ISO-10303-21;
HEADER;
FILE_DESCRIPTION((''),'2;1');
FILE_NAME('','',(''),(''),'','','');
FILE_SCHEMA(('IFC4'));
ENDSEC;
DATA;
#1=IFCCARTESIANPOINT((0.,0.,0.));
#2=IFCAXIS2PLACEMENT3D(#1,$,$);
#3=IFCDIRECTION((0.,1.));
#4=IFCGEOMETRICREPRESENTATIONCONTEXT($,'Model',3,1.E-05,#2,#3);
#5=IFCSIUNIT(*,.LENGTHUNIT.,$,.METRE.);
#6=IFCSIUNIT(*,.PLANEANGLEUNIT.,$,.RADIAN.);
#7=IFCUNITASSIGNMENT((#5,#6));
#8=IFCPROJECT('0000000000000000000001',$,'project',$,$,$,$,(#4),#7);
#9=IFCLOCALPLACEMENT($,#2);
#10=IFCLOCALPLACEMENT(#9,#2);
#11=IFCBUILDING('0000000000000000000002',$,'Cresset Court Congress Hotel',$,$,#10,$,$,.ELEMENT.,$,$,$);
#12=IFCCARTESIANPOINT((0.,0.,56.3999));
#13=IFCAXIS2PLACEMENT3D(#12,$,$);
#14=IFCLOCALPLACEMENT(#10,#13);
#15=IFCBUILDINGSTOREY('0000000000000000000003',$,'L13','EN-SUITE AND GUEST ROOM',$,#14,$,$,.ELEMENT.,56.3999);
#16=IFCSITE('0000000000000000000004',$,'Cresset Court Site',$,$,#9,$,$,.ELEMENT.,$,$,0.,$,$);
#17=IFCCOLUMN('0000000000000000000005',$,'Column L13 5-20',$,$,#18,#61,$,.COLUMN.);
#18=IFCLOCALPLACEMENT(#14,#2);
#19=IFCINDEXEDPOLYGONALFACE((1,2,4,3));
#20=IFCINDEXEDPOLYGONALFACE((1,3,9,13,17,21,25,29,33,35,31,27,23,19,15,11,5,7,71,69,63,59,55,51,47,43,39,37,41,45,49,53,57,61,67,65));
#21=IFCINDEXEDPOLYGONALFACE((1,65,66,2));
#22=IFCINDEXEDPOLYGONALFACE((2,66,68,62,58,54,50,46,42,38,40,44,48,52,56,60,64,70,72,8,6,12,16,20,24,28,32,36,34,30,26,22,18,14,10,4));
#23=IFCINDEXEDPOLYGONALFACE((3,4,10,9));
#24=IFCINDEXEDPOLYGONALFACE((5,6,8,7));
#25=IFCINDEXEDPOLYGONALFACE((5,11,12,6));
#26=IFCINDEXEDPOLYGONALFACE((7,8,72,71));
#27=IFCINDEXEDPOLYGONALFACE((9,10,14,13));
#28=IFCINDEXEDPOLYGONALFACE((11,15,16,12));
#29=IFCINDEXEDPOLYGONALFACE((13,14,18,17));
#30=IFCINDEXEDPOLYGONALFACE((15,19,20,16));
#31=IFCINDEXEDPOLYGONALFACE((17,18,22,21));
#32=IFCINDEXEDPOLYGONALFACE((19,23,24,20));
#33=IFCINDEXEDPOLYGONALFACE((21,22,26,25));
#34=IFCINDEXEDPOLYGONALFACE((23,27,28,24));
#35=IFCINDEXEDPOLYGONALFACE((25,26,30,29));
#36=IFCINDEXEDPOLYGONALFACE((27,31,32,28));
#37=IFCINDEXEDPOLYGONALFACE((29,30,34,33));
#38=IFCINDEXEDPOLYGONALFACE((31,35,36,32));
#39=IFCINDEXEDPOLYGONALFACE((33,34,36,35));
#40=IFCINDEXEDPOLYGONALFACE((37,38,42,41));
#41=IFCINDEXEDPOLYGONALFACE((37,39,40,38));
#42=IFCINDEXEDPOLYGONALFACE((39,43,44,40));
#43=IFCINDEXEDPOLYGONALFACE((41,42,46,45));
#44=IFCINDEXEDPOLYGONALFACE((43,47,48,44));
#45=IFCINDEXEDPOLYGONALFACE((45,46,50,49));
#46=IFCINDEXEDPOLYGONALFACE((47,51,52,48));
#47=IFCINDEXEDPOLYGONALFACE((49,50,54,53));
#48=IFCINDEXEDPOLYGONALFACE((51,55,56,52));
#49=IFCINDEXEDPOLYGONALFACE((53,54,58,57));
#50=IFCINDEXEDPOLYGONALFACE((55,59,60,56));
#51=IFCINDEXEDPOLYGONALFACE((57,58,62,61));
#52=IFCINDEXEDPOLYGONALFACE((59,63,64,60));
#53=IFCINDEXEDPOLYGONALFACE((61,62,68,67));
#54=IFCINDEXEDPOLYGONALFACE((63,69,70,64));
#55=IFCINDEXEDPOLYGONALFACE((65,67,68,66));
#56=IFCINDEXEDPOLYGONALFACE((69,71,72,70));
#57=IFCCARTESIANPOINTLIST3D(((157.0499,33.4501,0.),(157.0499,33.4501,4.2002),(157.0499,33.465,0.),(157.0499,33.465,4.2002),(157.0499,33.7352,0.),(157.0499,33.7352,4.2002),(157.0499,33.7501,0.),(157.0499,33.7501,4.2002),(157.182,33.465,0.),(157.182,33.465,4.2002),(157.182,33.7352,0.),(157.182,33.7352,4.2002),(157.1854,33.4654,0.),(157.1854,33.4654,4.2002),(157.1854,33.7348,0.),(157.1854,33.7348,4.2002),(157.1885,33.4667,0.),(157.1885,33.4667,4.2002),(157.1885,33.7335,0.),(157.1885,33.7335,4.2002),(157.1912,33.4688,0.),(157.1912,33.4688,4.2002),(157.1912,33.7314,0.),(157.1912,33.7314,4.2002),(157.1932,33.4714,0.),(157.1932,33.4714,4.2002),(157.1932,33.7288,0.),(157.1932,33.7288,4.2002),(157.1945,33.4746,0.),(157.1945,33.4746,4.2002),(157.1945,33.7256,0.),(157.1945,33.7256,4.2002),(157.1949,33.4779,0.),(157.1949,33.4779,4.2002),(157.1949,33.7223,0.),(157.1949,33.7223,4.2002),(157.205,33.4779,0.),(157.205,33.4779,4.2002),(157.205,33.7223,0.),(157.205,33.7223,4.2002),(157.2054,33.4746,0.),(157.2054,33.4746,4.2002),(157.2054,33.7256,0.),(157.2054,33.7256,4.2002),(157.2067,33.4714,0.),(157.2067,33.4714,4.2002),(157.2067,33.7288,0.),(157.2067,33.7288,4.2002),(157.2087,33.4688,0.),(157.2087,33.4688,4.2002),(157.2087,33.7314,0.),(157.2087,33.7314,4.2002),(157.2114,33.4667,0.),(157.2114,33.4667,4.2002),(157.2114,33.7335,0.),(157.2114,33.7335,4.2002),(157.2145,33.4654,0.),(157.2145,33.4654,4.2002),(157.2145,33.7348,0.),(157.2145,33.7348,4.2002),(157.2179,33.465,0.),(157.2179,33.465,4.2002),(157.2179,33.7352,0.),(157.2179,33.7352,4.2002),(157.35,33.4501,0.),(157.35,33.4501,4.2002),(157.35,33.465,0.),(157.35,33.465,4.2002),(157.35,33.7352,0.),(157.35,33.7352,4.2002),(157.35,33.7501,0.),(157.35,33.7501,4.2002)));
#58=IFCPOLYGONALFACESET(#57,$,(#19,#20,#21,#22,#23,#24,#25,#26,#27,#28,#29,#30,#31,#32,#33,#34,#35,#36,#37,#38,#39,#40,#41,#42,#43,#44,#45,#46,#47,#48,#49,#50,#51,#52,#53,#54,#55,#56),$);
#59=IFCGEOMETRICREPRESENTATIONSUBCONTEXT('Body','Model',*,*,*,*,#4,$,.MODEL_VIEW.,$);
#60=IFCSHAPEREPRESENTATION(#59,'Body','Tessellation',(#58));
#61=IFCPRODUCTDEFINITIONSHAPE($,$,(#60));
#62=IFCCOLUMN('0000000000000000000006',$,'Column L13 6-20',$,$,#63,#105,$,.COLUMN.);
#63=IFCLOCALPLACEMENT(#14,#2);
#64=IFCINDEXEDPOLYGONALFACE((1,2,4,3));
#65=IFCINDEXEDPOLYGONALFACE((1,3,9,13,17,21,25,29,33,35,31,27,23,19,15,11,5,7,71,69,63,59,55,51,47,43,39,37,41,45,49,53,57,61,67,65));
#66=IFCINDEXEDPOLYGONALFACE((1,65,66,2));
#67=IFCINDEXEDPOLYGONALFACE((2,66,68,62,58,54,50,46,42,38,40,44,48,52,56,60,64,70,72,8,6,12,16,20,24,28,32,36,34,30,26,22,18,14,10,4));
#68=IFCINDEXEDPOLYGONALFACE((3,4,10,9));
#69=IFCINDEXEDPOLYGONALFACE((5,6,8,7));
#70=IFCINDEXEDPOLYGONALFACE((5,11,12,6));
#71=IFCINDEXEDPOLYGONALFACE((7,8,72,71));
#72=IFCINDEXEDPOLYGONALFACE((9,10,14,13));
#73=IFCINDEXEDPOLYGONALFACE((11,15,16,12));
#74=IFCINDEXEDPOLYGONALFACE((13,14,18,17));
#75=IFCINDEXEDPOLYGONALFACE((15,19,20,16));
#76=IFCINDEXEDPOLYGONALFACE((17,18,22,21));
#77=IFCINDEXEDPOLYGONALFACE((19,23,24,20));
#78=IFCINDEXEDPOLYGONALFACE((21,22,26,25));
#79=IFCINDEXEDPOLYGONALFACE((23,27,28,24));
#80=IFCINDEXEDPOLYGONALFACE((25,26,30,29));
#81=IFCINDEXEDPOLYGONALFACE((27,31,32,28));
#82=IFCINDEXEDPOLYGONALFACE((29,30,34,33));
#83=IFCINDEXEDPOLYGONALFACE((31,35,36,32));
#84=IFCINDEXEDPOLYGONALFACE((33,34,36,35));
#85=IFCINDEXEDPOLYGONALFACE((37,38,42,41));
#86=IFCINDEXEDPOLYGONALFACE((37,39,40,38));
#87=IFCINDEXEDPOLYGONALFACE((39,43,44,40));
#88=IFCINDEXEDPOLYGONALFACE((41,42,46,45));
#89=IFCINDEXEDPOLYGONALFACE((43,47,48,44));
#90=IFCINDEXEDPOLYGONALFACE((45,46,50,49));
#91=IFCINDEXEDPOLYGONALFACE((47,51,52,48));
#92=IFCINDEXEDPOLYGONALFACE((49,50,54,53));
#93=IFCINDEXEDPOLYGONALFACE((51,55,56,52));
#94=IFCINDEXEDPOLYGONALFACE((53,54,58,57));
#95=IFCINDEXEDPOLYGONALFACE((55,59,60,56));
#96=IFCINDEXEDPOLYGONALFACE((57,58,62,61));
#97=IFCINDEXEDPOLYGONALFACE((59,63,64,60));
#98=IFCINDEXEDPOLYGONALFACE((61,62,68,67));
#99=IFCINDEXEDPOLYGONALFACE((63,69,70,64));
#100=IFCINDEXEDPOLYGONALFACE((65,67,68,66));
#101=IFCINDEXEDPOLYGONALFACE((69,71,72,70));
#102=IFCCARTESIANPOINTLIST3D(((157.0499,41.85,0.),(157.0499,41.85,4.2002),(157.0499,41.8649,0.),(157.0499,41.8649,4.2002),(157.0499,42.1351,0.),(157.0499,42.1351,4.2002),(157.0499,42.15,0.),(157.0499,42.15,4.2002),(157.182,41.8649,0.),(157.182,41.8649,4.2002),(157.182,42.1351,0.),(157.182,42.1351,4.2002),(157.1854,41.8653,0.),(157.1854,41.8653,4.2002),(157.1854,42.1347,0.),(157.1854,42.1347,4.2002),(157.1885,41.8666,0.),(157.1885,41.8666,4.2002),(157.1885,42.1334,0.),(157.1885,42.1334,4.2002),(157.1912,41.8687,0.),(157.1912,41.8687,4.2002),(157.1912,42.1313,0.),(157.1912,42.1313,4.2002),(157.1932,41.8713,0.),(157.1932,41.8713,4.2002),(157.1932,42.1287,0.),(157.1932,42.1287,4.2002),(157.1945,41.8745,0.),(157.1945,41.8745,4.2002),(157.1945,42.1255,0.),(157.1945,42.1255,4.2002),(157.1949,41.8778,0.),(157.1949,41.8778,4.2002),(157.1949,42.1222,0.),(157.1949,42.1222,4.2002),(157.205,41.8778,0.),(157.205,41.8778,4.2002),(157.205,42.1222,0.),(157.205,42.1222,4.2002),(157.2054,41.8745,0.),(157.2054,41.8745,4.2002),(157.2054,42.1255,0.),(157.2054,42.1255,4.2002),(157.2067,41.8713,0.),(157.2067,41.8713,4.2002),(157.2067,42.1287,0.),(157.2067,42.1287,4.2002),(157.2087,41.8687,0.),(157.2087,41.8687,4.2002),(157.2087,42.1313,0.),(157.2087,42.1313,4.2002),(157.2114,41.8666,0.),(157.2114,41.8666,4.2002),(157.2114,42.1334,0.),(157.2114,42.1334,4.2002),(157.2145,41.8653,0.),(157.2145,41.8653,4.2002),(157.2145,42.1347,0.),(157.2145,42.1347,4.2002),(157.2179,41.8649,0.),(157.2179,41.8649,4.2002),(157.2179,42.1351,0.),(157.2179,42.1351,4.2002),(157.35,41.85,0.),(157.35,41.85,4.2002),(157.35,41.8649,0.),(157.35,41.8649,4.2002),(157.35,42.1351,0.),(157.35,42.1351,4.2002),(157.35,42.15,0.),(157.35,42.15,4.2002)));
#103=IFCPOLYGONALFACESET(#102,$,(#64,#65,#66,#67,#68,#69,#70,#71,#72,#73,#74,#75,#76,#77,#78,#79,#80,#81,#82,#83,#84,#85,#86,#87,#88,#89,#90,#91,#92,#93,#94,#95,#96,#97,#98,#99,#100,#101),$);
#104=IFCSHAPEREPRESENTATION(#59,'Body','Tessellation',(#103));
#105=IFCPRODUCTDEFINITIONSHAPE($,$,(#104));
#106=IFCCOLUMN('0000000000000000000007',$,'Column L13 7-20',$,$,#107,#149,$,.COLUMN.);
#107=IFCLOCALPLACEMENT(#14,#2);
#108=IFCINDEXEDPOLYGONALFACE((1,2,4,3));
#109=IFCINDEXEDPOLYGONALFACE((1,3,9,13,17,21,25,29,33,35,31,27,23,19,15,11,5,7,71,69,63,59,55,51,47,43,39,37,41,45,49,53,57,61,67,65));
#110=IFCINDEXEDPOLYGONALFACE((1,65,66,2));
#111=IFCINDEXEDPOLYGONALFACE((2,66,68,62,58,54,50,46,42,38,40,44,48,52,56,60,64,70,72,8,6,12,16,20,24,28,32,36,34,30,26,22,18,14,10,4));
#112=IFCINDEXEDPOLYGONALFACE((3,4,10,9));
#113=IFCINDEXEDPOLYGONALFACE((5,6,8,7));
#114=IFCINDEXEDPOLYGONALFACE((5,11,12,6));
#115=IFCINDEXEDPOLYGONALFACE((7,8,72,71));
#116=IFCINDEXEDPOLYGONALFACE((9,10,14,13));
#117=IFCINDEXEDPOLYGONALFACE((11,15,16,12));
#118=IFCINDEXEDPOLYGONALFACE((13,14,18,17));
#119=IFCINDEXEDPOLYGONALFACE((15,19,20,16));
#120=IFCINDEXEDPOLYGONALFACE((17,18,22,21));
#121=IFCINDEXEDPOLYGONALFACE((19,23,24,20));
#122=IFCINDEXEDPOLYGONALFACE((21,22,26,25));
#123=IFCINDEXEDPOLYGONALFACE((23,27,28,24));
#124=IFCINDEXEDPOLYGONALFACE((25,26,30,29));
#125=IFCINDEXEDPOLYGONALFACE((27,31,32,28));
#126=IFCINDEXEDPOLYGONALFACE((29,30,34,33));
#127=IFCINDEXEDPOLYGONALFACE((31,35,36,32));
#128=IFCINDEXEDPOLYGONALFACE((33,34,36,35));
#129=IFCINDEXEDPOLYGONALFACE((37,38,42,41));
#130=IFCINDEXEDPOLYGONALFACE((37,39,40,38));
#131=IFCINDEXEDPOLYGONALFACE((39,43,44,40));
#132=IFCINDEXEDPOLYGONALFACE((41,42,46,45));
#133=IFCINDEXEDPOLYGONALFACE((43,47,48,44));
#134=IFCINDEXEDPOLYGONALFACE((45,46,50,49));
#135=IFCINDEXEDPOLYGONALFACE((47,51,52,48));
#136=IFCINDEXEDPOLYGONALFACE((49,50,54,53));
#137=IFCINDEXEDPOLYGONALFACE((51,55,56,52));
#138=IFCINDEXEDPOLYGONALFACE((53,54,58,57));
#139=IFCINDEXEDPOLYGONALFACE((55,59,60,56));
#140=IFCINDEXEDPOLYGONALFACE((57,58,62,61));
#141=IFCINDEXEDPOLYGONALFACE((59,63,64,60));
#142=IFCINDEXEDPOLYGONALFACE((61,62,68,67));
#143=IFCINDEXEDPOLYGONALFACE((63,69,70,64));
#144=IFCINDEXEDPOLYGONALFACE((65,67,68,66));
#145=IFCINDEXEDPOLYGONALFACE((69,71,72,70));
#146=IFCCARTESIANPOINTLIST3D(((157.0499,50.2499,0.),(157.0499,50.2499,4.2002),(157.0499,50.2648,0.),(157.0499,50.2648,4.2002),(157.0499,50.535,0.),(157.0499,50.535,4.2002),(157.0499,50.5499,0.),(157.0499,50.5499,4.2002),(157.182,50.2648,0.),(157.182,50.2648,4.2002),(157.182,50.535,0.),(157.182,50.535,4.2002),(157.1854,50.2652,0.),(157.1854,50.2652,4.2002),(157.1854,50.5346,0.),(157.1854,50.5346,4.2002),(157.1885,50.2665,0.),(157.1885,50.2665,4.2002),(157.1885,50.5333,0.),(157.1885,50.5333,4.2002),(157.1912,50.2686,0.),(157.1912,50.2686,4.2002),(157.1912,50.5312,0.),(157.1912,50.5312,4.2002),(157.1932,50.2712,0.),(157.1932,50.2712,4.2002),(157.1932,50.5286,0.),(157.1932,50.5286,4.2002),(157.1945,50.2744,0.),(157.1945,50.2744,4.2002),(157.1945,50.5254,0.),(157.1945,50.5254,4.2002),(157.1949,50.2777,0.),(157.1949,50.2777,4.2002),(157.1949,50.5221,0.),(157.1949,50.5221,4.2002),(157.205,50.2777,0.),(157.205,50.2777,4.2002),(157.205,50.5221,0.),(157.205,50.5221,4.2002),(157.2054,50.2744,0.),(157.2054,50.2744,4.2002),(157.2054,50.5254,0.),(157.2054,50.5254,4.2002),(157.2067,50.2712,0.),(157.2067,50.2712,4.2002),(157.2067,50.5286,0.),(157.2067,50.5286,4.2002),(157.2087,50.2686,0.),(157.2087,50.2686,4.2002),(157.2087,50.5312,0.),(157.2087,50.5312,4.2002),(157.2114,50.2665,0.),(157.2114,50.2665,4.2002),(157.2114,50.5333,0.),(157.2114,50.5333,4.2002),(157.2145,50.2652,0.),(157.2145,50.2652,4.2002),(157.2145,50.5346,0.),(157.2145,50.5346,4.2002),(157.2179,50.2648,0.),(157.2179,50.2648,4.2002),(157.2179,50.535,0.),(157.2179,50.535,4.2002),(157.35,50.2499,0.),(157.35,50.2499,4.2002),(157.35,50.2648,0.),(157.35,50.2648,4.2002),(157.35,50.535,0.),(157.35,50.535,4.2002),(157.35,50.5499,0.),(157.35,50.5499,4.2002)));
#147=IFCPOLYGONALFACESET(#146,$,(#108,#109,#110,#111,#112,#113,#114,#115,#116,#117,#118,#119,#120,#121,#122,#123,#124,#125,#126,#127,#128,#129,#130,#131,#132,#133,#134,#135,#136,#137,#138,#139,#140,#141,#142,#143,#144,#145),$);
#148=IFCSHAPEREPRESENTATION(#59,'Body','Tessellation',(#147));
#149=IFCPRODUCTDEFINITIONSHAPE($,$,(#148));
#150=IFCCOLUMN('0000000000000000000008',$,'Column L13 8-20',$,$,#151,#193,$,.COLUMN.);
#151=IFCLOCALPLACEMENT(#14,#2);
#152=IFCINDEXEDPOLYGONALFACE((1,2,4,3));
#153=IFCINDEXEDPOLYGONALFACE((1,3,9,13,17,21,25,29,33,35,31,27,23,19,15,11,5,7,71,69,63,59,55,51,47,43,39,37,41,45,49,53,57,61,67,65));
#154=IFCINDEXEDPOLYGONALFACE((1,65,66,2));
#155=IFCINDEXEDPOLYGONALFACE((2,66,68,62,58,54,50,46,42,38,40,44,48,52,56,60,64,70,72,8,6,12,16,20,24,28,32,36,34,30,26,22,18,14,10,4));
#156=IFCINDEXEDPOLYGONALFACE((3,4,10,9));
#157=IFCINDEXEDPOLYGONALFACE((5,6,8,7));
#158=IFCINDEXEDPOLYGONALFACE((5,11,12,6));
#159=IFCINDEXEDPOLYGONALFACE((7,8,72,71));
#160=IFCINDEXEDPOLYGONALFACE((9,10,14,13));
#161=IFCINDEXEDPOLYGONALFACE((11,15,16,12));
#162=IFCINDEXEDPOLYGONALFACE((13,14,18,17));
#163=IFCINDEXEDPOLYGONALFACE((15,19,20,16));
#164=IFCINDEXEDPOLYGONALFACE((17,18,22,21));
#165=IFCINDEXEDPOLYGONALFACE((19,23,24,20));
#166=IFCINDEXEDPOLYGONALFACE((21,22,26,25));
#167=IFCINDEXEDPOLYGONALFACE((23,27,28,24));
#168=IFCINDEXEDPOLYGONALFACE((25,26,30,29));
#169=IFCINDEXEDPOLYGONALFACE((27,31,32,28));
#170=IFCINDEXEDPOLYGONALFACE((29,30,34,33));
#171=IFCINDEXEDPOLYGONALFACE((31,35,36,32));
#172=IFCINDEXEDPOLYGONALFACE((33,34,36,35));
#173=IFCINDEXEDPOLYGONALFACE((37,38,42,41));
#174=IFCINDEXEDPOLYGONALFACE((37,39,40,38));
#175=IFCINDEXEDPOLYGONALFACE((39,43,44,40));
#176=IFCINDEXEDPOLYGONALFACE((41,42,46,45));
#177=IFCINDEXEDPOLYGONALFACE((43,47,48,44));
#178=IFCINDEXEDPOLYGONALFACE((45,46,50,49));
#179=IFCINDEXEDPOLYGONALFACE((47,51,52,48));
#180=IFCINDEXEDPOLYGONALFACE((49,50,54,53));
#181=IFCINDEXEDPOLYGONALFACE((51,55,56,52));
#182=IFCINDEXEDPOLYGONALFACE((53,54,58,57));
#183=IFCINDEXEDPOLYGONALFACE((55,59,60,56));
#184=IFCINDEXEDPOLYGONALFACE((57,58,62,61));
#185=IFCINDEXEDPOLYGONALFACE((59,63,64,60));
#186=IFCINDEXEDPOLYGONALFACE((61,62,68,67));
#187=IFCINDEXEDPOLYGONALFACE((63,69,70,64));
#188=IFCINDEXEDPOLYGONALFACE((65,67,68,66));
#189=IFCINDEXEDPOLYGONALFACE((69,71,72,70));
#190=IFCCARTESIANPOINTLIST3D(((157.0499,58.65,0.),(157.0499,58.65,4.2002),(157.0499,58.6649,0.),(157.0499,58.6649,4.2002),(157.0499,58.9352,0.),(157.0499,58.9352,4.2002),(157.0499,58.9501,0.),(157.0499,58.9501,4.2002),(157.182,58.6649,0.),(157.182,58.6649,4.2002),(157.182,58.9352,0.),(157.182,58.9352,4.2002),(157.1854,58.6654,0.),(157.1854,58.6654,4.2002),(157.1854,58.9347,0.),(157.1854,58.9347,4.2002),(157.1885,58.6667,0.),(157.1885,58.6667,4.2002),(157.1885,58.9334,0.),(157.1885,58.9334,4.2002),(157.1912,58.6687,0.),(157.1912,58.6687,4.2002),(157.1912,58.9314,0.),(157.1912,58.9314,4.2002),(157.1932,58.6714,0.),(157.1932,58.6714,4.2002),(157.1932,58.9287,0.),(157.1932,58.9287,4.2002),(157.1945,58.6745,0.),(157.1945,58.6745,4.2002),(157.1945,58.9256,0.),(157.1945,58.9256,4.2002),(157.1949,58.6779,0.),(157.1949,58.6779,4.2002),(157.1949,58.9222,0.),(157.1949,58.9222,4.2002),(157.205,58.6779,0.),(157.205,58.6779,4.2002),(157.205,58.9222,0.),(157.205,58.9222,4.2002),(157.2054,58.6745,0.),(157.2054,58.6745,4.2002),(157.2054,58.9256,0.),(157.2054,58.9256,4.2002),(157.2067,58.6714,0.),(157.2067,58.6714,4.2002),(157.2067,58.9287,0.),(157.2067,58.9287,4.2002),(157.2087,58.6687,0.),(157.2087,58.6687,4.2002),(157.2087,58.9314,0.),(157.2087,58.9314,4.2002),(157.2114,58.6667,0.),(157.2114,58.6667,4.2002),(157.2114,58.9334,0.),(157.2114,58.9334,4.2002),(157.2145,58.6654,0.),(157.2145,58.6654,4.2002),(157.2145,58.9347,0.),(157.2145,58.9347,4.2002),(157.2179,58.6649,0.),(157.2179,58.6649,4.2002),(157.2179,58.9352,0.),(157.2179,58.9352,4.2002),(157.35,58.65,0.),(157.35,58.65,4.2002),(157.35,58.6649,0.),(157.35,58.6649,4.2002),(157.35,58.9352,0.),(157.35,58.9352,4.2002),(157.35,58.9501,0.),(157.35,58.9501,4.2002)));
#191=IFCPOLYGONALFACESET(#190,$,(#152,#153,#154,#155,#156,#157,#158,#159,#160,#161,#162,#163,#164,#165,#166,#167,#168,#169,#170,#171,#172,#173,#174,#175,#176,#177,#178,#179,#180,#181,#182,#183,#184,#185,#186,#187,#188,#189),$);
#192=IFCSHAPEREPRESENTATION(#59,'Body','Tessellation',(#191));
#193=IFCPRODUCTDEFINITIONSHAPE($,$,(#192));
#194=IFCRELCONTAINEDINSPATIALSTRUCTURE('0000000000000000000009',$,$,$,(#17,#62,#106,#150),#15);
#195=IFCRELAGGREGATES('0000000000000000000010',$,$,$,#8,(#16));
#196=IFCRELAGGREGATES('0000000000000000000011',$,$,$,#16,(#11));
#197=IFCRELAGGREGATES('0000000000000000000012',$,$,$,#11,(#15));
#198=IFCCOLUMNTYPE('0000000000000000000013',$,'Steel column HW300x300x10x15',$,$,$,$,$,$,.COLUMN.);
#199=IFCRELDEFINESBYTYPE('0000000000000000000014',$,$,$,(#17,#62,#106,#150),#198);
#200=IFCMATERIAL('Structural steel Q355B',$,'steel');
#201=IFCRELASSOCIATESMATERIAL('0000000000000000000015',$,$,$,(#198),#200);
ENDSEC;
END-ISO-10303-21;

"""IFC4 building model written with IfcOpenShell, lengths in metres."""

from ifc_helpers import new_model, si_unit, direction, frame, origin, origin_2d, place, context, subcontext, project, spatial, i_section, extrude, material, material_profile, profile_set, type_object, element, save


model = new_model("IFC4")

# Units and contexts
model_context = context("Model", 3, precision=1e-05, world=origin(), true_north=direction((0.0, 1.0)))
body_context = subcontext(model_context, "Body", "Model", "MODEL_VIEW")
ifc_project = project(units=[si_unit("LENGTHUNIT", "METRE"), si_unit("PLANEANGLEUNIT", "RADIAN")], contexts=[model_context])

# Site, building, storey
site_placement = place(None, origin())
site = spatial("IfcSite", under=ifc_project, at=site_placement, Name="Cresset Court Site", CompositionType="ELEMENT", RefElevation=0.0)
building_placement = place(site_placement, origin())
building = spatial("IfcBuilding", under=site, at=building_placement, Name="Cresset Court Congress Hotel", CompositionType="ELEMENT")
storey_placement = place(building_placement, frame((0.0, 0.0, 56.3999)))
storey = spatial("IfcBuildingStorey", under=building, at=storey_placement, Name="L13", Description="EN-SUITE AND GUEST ROOM", CompositionType="ELEMENT", Elevation=56.3999)

# Columns
ifc_material_1 = material(Name="Structural steel Q355B", Category="steel")
ifc_material_profile_1 = material_profile(ifc_material_1, i_section(OverallWidth=0.3, OverallDepth=0.3, WebThickness=0.01, FlangeThickness=0.0149, FilletRadius=0.0129, at=origin_2d()), Name="HW300x300x10x15")
ifc_profile_set_1 = profile_set([ifc_material_profile_1], Name="Structural steel Q355B")
column_type = type_object("IfcColumnType", Name="Steel column HW300x300x10x15", PredefinedType="COLUMN", material=ifc_profile_set_1)
for number, where, z_axis, x_axis, name in (
    (1, (157.2, 33.6001, 0.0), (0.0, 0.0, 1.0), (1.0, 0.0, 0.0), "Column L13 5-20"),
    (2, (157.2, 42.0, 0.0), (0.0, 0.0, 1.0), (1.0, 0.0, 0.0), "Column L13 6-20"),
    (3, (157.2, 50.3999, 0.0), (0.0, 0.0, 1.0), (1.0, 0.0, 0.0), "Column L13 7-20"),
    (4, (157.2, 58.8, 0.0), (0.0, 0.0, 1.0), (1.0, 0.0, 0.0), "Column L13 8-20"),
):
    element("IfcColumn", number, at=place(storey_placement, frame(where, z_axis=z_axis, x_axis=x_axis)), inside=storey, type_object=column_type, Name=name, PredefinedType="COLUMN", context=body_context, shape_type="SweptSolid", body=[
        extrude(i_section(OverallWidth=0.3, OverallDepth=0.3, WebThickness=0.01, FlangeThickness=0.0149, FilletRadius=0.0129, at=origin_2d()), origin(), (0.0, 0.0, 1.0), 4.2002),
    ])

save(model, "model.ifc")
